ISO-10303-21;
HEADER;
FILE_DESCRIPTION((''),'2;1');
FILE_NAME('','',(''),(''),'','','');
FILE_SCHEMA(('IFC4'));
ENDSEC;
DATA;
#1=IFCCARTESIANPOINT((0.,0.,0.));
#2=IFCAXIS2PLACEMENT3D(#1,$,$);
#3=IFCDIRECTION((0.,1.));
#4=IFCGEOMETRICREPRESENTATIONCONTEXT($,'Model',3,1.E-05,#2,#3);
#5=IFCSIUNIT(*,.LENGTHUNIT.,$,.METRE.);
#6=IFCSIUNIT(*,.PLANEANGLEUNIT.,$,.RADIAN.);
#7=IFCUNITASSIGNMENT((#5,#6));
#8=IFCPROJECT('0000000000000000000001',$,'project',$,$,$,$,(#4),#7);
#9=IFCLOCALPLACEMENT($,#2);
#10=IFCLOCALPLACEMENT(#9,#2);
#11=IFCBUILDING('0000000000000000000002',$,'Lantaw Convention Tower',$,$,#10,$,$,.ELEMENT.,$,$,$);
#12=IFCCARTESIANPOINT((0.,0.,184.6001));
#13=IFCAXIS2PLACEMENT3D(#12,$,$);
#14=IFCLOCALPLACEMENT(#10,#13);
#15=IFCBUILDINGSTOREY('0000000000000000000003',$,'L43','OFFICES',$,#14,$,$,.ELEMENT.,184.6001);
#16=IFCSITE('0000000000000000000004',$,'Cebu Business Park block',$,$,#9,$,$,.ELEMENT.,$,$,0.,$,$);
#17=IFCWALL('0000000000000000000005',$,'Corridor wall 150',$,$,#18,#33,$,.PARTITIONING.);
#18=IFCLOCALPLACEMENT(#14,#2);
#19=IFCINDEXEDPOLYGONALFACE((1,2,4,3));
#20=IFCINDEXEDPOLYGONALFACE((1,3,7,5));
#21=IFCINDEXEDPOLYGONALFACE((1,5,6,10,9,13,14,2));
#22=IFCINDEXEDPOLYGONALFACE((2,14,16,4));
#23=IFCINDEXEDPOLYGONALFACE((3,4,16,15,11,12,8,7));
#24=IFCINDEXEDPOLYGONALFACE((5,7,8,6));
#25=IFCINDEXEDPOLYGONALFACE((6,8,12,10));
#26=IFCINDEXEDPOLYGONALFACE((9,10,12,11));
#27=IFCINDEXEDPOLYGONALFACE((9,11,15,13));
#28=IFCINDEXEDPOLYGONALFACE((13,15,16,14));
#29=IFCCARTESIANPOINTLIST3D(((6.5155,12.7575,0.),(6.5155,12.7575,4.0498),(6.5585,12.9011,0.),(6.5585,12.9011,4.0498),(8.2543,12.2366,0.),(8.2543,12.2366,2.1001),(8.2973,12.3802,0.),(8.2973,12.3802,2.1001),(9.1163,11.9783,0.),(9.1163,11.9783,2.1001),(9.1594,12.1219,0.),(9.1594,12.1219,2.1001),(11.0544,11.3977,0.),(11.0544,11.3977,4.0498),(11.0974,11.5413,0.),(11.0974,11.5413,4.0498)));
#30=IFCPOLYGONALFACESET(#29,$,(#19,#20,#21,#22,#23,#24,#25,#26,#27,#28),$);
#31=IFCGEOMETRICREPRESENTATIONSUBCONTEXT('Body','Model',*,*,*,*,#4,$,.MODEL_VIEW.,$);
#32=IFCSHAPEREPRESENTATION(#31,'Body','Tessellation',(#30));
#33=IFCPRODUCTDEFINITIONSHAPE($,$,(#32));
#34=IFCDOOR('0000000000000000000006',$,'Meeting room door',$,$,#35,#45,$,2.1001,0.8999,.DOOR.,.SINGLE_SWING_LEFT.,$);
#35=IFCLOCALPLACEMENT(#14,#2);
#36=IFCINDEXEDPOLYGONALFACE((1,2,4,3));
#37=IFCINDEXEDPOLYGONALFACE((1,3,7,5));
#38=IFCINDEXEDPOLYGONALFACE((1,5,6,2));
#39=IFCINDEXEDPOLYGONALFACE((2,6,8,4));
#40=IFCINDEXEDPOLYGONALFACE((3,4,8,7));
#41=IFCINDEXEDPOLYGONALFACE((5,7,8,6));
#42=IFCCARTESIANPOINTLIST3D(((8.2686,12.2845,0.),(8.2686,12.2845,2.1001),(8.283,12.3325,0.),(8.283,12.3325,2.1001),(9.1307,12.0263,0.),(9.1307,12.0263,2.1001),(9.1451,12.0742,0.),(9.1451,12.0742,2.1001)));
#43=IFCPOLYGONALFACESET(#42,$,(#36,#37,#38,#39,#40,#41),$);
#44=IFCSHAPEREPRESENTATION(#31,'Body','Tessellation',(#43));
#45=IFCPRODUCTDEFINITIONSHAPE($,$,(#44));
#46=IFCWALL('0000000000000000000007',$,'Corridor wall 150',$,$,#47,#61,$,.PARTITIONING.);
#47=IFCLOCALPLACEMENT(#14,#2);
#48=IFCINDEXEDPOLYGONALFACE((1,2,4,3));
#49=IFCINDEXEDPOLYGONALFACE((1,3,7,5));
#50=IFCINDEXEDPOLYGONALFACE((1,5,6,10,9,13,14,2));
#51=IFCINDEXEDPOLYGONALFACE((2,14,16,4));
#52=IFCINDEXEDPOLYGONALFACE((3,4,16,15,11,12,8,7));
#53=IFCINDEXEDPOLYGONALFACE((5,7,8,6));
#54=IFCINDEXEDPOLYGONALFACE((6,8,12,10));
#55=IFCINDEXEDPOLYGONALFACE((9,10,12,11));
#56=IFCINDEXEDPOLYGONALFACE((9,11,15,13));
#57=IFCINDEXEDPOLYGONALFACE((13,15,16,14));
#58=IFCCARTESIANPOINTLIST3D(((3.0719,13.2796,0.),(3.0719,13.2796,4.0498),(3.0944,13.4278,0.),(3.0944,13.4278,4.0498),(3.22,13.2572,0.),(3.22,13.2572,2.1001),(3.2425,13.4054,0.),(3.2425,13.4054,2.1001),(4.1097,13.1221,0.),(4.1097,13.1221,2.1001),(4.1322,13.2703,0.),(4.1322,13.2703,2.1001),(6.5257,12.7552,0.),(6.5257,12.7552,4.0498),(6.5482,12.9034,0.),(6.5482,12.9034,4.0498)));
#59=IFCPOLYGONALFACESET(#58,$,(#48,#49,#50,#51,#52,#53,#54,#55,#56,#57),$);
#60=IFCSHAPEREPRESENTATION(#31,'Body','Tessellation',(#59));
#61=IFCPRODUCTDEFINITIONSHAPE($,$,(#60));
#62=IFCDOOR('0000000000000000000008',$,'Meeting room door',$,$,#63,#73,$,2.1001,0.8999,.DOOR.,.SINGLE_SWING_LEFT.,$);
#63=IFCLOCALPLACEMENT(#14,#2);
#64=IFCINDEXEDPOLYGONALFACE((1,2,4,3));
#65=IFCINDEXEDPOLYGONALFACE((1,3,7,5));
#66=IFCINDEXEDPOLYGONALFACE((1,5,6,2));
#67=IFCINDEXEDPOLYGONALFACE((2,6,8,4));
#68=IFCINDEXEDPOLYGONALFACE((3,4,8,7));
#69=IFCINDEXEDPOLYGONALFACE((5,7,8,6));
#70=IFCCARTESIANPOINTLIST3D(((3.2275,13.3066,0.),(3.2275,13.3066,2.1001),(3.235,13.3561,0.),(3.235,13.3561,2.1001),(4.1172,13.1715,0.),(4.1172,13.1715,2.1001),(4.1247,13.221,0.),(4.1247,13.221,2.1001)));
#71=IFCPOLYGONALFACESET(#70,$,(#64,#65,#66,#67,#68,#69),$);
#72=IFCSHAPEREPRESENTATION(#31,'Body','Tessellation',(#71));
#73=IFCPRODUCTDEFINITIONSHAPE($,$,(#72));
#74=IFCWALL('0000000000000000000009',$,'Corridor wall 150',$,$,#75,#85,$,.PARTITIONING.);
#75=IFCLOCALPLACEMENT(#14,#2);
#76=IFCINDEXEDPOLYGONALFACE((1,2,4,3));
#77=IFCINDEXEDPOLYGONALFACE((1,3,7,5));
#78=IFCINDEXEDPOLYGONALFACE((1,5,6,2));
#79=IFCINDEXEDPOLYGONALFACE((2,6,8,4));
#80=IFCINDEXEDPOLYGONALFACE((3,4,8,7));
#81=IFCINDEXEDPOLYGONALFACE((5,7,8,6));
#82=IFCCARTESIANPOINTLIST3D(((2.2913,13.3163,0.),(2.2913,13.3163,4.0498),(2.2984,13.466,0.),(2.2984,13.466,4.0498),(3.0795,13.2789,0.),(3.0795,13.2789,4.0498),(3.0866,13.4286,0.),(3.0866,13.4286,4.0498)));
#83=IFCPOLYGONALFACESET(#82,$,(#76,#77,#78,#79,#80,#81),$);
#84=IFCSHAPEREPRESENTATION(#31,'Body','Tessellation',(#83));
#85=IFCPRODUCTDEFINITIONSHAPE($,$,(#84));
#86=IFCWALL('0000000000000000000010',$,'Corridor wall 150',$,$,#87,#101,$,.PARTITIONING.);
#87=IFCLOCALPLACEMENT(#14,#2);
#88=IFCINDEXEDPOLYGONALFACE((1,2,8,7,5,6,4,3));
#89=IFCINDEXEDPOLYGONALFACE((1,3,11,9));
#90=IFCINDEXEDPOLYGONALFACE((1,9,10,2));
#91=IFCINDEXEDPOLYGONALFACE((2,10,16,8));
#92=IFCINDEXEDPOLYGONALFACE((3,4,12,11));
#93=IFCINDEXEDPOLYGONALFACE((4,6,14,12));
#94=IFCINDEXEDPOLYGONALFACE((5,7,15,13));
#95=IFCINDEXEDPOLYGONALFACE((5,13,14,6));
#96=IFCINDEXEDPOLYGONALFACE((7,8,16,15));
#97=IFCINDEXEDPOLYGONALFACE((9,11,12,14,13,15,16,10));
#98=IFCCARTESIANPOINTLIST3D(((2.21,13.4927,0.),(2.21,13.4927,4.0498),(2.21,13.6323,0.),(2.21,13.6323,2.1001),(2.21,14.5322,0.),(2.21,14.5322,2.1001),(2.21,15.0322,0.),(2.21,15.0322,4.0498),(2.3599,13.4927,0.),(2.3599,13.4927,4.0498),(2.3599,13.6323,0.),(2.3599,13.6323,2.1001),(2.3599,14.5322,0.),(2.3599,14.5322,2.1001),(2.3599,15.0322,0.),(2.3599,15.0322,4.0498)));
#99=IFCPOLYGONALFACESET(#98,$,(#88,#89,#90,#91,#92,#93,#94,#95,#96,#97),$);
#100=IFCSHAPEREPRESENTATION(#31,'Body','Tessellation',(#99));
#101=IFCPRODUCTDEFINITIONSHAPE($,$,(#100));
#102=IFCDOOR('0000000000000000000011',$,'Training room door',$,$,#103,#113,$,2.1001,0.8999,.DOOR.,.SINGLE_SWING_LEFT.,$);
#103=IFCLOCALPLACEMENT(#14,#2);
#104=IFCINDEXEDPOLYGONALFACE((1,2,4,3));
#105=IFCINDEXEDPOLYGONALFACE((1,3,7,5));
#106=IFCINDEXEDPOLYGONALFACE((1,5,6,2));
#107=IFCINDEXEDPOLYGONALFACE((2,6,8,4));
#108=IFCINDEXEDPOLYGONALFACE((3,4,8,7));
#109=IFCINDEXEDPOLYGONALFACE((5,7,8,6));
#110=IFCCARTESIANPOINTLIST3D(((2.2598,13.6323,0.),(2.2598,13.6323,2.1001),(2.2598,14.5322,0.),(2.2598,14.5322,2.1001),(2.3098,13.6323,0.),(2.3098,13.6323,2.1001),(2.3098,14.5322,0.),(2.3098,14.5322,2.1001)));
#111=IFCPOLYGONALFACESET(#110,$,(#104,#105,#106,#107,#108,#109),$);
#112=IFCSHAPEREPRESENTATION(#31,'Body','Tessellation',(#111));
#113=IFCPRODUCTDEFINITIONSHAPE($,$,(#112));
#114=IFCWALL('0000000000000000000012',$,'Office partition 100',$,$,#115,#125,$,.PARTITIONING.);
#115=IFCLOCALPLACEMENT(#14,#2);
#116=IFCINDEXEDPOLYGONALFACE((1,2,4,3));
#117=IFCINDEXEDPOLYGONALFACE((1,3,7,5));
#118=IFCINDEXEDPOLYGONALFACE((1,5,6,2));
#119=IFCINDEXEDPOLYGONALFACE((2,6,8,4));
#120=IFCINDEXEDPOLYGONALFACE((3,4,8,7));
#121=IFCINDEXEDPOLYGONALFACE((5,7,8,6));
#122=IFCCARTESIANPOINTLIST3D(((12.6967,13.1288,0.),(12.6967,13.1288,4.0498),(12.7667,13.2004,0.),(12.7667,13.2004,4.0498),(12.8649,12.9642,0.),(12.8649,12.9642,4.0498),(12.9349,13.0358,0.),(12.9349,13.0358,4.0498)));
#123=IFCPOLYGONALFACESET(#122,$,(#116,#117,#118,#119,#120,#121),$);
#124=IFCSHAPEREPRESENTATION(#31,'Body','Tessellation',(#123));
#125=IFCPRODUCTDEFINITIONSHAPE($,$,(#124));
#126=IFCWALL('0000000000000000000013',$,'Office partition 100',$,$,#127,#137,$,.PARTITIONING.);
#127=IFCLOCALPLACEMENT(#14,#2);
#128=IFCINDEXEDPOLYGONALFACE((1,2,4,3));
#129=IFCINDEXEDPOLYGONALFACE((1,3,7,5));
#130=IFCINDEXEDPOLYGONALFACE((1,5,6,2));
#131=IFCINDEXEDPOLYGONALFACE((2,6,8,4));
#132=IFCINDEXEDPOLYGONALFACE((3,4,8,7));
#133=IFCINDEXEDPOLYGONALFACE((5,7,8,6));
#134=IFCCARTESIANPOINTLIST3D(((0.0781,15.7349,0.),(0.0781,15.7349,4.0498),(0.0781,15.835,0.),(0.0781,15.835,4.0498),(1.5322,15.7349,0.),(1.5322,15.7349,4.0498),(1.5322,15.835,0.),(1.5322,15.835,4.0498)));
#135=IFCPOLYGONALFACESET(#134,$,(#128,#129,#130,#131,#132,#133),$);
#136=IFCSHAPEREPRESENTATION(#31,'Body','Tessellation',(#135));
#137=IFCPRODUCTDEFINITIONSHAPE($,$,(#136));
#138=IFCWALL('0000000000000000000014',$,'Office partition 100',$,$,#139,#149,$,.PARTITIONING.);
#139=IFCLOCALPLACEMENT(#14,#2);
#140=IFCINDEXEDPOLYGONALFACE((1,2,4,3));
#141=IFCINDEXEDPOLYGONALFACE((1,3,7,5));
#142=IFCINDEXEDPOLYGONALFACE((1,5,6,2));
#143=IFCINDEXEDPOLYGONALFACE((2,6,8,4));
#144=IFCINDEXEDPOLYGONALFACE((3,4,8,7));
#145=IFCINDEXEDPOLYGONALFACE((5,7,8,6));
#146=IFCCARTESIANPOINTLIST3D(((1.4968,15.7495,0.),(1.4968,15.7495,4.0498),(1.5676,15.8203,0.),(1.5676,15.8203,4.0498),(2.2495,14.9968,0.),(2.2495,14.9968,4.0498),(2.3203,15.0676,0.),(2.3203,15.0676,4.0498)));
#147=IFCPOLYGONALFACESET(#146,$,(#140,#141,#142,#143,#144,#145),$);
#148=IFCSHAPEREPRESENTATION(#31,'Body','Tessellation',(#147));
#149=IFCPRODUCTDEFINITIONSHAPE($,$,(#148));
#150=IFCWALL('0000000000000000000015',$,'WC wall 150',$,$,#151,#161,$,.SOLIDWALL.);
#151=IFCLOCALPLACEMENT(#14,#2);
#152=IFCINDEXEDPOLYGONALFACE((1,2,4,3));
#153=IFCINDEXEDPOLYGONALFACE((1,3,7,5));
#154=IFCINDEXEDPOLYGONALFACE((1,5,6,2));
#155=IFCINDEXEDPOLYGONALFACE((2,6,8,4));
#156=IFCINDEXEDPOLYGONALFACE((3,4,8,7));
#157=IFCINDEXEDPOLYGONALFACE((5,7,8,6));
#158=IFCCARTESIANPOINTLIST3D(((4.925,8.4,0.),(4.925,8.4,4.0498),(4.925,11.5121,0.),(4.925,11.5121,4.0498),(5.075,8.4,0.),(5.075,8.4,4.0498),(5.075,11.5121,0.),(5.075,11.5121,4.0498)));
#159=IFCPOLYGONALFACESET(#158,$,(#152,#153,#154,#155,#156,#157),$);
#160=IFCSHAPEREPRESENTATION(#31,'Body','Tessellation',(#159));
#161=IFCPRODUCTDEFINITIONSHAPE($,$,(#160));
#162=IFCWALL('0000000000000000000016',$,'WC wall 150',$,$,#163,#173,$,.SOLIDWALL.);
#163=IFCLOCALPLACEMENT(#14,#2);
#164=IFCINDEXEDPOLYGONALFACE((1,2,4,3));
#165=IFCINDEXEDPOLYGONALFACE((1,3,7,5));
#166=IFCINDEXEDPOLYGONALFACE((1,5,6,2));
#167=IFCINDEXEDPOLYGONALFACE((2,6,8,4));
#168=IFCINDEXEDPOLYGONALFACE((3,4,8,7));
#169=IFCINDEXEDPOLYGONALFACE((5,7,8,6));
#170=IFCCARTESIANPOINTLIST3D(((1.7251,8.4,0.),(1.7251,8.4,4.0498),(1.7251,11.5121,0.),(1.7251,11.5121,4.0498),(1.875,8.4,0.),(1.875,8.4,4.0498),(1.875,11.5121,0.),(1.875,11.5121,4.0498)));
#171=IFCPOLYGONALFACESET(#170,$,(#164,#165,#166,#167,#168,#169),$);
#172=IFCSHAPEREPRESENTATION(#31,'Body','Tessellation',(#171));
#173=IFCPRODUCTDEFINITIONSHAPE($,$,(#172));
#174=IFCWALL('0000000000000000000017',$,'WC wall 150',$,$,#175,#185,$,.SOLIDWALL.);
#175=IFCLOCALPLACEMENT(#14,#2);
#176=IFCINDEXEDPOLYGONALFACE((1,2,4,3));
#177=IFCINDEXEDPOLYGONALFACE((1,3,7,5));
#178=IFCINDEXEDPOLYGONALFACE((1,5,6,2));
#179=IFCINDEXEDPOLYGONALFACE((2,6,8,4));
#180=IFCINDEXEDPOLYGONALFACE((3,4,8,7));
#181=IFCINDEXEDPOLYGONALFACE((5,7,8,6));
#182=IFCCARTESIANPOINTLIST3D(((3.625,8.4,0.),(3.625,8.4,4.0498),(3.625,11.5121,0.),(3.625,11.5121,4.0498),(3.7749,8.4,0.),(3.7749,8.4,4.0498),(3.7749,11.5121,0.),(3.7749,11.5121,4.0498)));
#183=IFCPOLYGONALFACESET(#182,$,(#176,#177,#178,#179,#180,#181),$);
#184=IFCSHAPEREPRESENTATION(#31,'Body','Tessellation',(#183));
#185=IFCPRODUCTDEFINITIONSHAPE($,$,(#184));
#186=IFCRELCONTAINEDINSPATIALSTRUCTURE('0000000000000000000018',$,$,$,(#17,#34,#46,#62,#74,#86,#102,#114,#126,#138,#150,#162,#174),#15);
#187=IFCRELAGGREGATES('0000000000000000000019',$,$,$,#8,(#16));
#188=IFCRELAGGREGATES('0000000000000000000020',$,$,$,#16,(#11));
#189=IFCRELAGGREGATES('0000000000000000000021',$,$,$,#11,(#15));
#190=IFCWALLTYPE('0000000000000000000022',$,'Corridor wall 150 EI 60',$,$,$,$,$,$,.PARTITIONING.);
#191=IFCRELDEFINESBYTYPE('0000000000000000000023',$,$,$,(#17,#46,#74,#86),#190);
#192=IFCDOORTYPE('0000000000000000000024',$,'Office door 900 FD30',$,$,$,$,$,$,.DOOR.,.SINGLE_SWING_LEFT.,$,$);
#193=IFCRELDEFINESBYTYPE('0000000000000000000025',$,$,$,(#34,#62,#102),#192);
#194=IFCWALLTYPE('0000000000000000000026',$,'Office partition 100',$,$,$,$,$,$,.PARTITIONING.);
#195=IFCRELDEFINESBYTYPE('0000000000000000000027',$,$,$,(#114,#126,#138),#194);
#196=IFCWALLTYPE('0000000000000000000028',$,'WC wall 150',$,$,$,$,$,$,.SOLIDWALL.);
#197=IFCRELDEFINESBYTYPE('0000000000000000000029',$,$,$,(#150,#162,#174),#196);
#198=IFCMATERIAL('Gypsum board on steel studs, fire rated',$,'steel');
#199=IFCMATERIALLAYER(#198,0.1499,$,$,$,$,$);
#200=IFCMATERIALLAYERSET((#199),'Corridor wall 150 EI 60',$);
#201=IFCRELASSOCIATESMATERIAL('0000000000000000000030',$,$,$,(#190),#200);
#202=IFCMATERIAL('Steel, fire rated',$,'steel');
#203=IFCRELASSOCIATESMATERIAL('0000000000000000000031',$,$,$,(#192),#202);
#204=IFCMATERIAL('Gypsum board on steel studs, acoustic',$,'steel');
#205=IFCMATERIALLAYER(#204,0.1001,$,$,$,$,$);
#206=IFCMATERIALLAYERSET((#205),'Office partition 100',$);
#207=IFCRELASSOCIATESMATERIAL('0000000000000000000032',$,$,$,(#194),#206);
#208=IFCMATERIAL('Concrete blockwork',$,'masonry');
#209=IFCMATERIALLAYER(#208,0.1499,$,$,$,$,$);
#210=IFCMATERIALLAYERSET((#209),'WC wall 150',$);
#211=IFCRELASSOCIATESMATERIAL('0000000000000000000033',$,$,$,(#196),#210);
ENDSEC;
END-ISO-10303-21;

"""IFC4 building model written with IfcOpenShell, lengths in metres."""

from ifc_helpers import new_model, si_unit, direction, frame, frame_2d, origin, place, context, subcontext, project, spatial, rectangle, extrude, material, layer, layer_set, type_object, element, fill, save


model = new_model("IFC4")

# Units and contexts
model_context = context("Model", 3, precision=1e-05, world=origin(), true_north=direction((0.0, 1.0)))
body_context = subcontext(model_context, "Body", "Model", "MODEL_VIEW")
ifc_project = project(units=[si_unit("LENGTHUNIT", "METRE"), si_unit("PLANEANGLEUNIT", "RADIAN")], contexts=[model_context])

# Site, building, storey
site_placement = place(None, origin())
site = spatial("IfcSite", under=ifc_project, at=site_placement, Name="Cebu Business Park block", CompositionType="ELEMENT", RefElevation=0.0)
building_placement = place(site_placement, origin())
building = spatial("IfcBuilding", under=site, at=building_placement, Name="Lantaw Convention Tower", CompositionType="ELEMENT")
storey_placement = place(building_placement, frame((0.0, 0.0, 184.6001)))
storey = spatial("IfcBuildingStorey", under=building, at=storey_placement, Name="L43", Description="OFFICES", CompositionType="ELEMENT", Elevation=184.6001)

# Walls, openings, doors
ifc_material_1 = material(Name="Gypsum board on steel studs, fire rated", Category="steel")
ifc_layer_1 = layer(ifc_material_1, 0.1499)
ifc_layer_set_1 = layer_set([ifc_layer_1], Name="Corridor wall 150 EI 60")
wall_type_1 = type_object("IfcWallType", Name="Corridor wall 150 EI 60", PredefinedType="PARTITIONING", material=ifc_layer_set_1)
wall_1_placement = place(storey_placement, frame((11.0759, 11.4695, 0.0), z_axis=(0.0, 0.0, 1.0), x_axis=(-0.957934, 0.286989, 0.0)))
wall_1 = element("IfcWall", 1, at=wall_1_placement, inside=storey, type_object=wall_type_1, Name="Corridor wall 150", PredefinedType="PARTITIONING", context=body_context, shape_type="SweptSolid", body=[
    extrude(rectangle(XDim=4.7383, YDim=0.1499, at=frame_2d((2.3691, 0.0))), origin(), (0.0, 0.0, 1.0), 4.0498),
])
opening_1_placement = place(wall_1_placement, frame((2.0232, 0.0, 0.0)))
opening_1 = element("IfcOpeningElement", 2, at=opening_1_placement, cuts=wall_1, PredefinedType="OPENING", context=body_context, shape_type="SweptSolid", body=[
    extrude(rectangle(XDim=0.8999, YDim=2.1001, at=frame_2d((0.45, 1.05))), frame((0.0, 0.085, 0.0), z_axis=(0.0, -1.0, 0.0), x_axis=(1.0, 0.0, 0.0)), (0.0, 0.0, 1.0), 0.1699),
])
ifc_material_2 = material(Name="Steel, fire rated", Category="steel")
door_type_1 = type_object("IfcDoorType", Name="Office door 900 FD30", OperationType="SINGLE_SWING_LEFT", PredefinedType="DOOR", material=ifc_material_2)
door_1_placement = place(opening_1_placement, origin())
door_1 = element("IfcDoor", 3, at=door_1_placement, inside=storey, type_object=door_type_1, Name="Meeting room door", OperationType="SINGLE_SWING_LEFT", OverallHeight=2.1001, OverallWidth=0.8999, PredefinedType="DOOR", context=body_context, shape_type="SweptSolid", body=[
    extrude(rectangle(XDim=0.8999, YDim=2.1001, at=frame_2d((0.45, 1.05))), frame((0.0, 0.0249, 0.0), z_axis=(0.0, -1.0, 0.0), x_axis=(1.0, 0.0, 0.0)), (0.0, 0.0, 1.0), 0.05),
])
fill(opening_1, door_1)
wall_2_placement = place(storey_placement, frame((6.5369, 12.8293, 0.0), z_axis=(0.0, 0.0, 1.0), x_axis=(-0.988669, 0.150114, 0.0)))
wall_2 = element("IfcWall", 4, at=wall_2_placement, inside=storey, type_object=wall_type_1, Name="Corridor wall 150", PredefinedType="PARTITIONING", context=body_context, shape_type="SweptSolid", body=[
    extrude(rectangle(XDim=3.4934, YDim=0.1499, at=frame_2d((1.7466, 0.0))), origin(), (0.0, 0.0, 1.0), 4.0498),
])
opening_2_placement = place(wall_2_placement, frame((2.4436, 0.0, 0.0)))
opening_2 = element("IfcOpeningElement", 5, at=opening_2_placement, cuts=wall_2, PredefinedType="OPENING", context=body_context, shape_type="SweptSolid", body=[
    extrude(rectangle(XDim=0.8999, YDim=2.1001, at=frame_2d((0.45, 1.05))), frame((0.0, 0.085, 0.0), z_axis=(0.0, -1.0, 0.0), x_axis=(1.0, 0.0, 0.0)), (0.0, 0.0, 1.0), 0.1699),
])
door_2_placement = place(opening_2_placement, origin())
door_2 = element("IfcDoor", 6, at=door_2_placement, inside=storey, type_object=door_type_1, Name="Meeting room door", OperationType="SINGLE_SWING_LEFT", OverallHeight=2.1001, OverallWidth=0.8999, PredefinedType="DOOR", context=body_context, shape_type="SweptSolid", body=[
    extrude(rectangle(XDim=0.8999, YDim=2.1001, at=frame_2d((0.45, 1.05))), frame((0.0, 0.0249, 0.0), z_axis=(0.0, -1.0, 0.0), x_axis=(1.0, 0.0, 0.0)), (0.0, 0.0, 1.0), 0.05),
])
fill(opening_2, door_2)

# Wall
wall_3_placement = place(storey_placement, frame((3.083, 13.3538, 0.0), z_axis=(0.0, 0.0, 1.0), x_axis=(-0.998879, 0.047345, 0.0)))
element("IfcWall", 7, at=wall_3_placement, inside=storey, type_object=wall_type_1, Name="Corridor wall 150", PredefinedType="PARTITIONING", context=body_context, shape_type="SweptSolid", body=[
    extrude(rectangle(XDim=0.7891, YDim=0.1499, at=frame_2d((0.3945, 0.0))), origin(), (0.0, 0.0, 1.0), 4.0498),
])

# Wall, opening, door
wall_4_placement = place(storey_placement, frame((2.2849, 15.0322, 0.0), z_axis=(0.0, 0.0, 1.0), x_axis=(0.0, -1.0, 0.0)))
wall_4 = element("IfcWall", 8, at=wall_4_placement, inside=storey, type_object=wall_type_1, Name="Corridor wall 150", PredefinedType="PARTITIONING", context=body_context, shape_type="SweptSolid", body=[
    extrude(rectangle(XDim=1.5396, YDim=0.1499, at=frame_2d((0.7698, 0.0))), origin(), (0.0, 0.0, 1.0), 4.0498),
])
opening_3_placement = place(wall_4_placement, frame((0.5, 0.0, 0.0)))
opening_3 = element("IfcOpeningElement", 9, at=opening_3_placement, cuts=wall_4, PredefinedType="OPENING", context=body_context, shape_type="SweptSolid", body=[
    extrude(rectangle(XDim=0.8999, YDim=2.1001, at=frame_2d((0.45, 1.05))), frame((0.0, 0.085, 0.0), z_axis=(0.0, -1.0, 0.0), x_axis=(1.0, 0.0, 0.0)), (0.0, 0.0, 1.0), 0.1699),
])
door_3_placement = place(opening_3_placement, origin())
door_3 = element("IfcDoor", 10, at=door_3_placement, inside=storey, type_object=door_type_1, Name="Training room door", OperationType="SINGLE_SWING_LEFT", OverallHeight=2.1001, OverallWidth=0.8999, PredefinedType="DOOR", context=body_context, shape_type="SweptSolid", body=[
    extrude(rectangle(XDim=0.8999, YDim=2.1001, at=frame_2d((0.45, 1.05))), frame((0.0, 0.0249, 0.0), z_axis=(0.0, -1.0, 0.0), x_axis=(1.0, 0.0, 0.0)), (0.0, 0.0, 1.0), 0.05),
])
fill(opening_3, door_3)

# Walls
ifc_material_3 = material(Name="Gypsum board on steel studs, acoustic", Category="steel")
ifc_layer_2 = layer(ifc_material_3, 0.1001)
ifc_layer_set_2 = layer_set([ifc_layer_2], Name="Office partition 100")
wall_type_2 = type_object("IfcWallType", Name="Office partition 100", PredefinedType="PARTITIONING", material=ifc_layer_set_2)
wall_5_placement = place(storey_placement, frame((12.8999, 13.0, 0.0), z_axis=(0.0, 0.0, 1.0), x_axis=(-0.714845, 0.699283, 0.0)))
element("IfcWall", 11, at=wall_5_placement, inside=storey, type_object=wall_type_2, Name="Office partition 100", PredefinedType="PARTITIONING", context=body_context, shape_type="SweptSolid", body=[
    extrude(rectangle(XDim=0.2354, YDim=0.1001, at=frame_2d((0.1177, 0.0))), origin(), (0.0, 0.0, 1.0), 4.0498),
])
wall_6_placement = place(storey_placement, frame((0.0781, 15.7849, 0.0), z_axis=(0.0, 0.0, 1.0), x_axis=(1.0, 0.0, 0.0)))
element("IfcWall", 12, at=wall_6_placement, inside=storey, type_object=wall_type_2, Name="Office partition 100", PredefinedType="PARTITIONING", context=body_context, shape_type="SweptSolid", body=[
    extrude(rectangle(XDim=1.4541, YDim=0.1001, at=frame_2d((0.7271, 0.0))), origin(), (0.0, 0.0, 1.0), 4.0498),
])
wall_7_placement = place(storey_placement, frame((1.5322, 15.7849, 0.0), z_axis=(0.0, 0.0, 1.0), x_axis=(0.707107, -0.707107, 0.0)))
element("IfcWall", 13, at=wall_7_placement, inside=storey, type_object=wall_type_2, Name="Office partition 100", PredefinedType="PARTITIONING", context=body_context, shape_type="SweptSolid", body=[
    extrude(rectangle(XDim=1.0645, YDim=0.1001, at=frame_2d((0.5322, 0.0))), origin(), (0.0, 0.0, 1.0), 4.0498),
])
ifc_material_4 = material(Name="Concrete blockwork", Category="masonry")
ifc_layer_3 = layer(ifc_material_4, 0.1499)
ifc_layer_set_3 = layer_set([ifc_layer_3], Name="WC wall 150")
wall_type_3 = type_object("IfcWallType", Name="WC wall 150", PredefinedType="SOLIDWALL", material=ifc_layer_set_3)
for number, where, z_axis, x_axis, name in (
    (14, (5.0, 8.3999, 0.0), (0.0, 0.0, 1.0), (0.0, 1.0, 0.0), "WC wall 150"),
    (15, (1.8, 8.3999, 0.0), (0.0, 0.0, 1.0), (0.0, 1.0, 0.0), "WC wall 150"),
    (16, (3.7, 8.3999, 0.0), (0.0, 0.0, 1.0), (0.0, 1.0, 0.0), "WC wall 150"),
):
    element("IfcWall", number, at=place(storey_placement, frame(where, z_axis=z_axis, x_axis=x_axis)), inside=storey, type_object=wall_type_3, Name=name, PredefinedType="SOLIDWALL", context=body_context, shape_type="SweptSolid", body=[
        extrude(rectangle(XDim=3.1121, YDim=0.1499, at=frame_2d((1.5562, 0.0))), origin(), (0.0, 0.0, 1.0), 4.0498),
    ])

save(model, "model.ifc")
